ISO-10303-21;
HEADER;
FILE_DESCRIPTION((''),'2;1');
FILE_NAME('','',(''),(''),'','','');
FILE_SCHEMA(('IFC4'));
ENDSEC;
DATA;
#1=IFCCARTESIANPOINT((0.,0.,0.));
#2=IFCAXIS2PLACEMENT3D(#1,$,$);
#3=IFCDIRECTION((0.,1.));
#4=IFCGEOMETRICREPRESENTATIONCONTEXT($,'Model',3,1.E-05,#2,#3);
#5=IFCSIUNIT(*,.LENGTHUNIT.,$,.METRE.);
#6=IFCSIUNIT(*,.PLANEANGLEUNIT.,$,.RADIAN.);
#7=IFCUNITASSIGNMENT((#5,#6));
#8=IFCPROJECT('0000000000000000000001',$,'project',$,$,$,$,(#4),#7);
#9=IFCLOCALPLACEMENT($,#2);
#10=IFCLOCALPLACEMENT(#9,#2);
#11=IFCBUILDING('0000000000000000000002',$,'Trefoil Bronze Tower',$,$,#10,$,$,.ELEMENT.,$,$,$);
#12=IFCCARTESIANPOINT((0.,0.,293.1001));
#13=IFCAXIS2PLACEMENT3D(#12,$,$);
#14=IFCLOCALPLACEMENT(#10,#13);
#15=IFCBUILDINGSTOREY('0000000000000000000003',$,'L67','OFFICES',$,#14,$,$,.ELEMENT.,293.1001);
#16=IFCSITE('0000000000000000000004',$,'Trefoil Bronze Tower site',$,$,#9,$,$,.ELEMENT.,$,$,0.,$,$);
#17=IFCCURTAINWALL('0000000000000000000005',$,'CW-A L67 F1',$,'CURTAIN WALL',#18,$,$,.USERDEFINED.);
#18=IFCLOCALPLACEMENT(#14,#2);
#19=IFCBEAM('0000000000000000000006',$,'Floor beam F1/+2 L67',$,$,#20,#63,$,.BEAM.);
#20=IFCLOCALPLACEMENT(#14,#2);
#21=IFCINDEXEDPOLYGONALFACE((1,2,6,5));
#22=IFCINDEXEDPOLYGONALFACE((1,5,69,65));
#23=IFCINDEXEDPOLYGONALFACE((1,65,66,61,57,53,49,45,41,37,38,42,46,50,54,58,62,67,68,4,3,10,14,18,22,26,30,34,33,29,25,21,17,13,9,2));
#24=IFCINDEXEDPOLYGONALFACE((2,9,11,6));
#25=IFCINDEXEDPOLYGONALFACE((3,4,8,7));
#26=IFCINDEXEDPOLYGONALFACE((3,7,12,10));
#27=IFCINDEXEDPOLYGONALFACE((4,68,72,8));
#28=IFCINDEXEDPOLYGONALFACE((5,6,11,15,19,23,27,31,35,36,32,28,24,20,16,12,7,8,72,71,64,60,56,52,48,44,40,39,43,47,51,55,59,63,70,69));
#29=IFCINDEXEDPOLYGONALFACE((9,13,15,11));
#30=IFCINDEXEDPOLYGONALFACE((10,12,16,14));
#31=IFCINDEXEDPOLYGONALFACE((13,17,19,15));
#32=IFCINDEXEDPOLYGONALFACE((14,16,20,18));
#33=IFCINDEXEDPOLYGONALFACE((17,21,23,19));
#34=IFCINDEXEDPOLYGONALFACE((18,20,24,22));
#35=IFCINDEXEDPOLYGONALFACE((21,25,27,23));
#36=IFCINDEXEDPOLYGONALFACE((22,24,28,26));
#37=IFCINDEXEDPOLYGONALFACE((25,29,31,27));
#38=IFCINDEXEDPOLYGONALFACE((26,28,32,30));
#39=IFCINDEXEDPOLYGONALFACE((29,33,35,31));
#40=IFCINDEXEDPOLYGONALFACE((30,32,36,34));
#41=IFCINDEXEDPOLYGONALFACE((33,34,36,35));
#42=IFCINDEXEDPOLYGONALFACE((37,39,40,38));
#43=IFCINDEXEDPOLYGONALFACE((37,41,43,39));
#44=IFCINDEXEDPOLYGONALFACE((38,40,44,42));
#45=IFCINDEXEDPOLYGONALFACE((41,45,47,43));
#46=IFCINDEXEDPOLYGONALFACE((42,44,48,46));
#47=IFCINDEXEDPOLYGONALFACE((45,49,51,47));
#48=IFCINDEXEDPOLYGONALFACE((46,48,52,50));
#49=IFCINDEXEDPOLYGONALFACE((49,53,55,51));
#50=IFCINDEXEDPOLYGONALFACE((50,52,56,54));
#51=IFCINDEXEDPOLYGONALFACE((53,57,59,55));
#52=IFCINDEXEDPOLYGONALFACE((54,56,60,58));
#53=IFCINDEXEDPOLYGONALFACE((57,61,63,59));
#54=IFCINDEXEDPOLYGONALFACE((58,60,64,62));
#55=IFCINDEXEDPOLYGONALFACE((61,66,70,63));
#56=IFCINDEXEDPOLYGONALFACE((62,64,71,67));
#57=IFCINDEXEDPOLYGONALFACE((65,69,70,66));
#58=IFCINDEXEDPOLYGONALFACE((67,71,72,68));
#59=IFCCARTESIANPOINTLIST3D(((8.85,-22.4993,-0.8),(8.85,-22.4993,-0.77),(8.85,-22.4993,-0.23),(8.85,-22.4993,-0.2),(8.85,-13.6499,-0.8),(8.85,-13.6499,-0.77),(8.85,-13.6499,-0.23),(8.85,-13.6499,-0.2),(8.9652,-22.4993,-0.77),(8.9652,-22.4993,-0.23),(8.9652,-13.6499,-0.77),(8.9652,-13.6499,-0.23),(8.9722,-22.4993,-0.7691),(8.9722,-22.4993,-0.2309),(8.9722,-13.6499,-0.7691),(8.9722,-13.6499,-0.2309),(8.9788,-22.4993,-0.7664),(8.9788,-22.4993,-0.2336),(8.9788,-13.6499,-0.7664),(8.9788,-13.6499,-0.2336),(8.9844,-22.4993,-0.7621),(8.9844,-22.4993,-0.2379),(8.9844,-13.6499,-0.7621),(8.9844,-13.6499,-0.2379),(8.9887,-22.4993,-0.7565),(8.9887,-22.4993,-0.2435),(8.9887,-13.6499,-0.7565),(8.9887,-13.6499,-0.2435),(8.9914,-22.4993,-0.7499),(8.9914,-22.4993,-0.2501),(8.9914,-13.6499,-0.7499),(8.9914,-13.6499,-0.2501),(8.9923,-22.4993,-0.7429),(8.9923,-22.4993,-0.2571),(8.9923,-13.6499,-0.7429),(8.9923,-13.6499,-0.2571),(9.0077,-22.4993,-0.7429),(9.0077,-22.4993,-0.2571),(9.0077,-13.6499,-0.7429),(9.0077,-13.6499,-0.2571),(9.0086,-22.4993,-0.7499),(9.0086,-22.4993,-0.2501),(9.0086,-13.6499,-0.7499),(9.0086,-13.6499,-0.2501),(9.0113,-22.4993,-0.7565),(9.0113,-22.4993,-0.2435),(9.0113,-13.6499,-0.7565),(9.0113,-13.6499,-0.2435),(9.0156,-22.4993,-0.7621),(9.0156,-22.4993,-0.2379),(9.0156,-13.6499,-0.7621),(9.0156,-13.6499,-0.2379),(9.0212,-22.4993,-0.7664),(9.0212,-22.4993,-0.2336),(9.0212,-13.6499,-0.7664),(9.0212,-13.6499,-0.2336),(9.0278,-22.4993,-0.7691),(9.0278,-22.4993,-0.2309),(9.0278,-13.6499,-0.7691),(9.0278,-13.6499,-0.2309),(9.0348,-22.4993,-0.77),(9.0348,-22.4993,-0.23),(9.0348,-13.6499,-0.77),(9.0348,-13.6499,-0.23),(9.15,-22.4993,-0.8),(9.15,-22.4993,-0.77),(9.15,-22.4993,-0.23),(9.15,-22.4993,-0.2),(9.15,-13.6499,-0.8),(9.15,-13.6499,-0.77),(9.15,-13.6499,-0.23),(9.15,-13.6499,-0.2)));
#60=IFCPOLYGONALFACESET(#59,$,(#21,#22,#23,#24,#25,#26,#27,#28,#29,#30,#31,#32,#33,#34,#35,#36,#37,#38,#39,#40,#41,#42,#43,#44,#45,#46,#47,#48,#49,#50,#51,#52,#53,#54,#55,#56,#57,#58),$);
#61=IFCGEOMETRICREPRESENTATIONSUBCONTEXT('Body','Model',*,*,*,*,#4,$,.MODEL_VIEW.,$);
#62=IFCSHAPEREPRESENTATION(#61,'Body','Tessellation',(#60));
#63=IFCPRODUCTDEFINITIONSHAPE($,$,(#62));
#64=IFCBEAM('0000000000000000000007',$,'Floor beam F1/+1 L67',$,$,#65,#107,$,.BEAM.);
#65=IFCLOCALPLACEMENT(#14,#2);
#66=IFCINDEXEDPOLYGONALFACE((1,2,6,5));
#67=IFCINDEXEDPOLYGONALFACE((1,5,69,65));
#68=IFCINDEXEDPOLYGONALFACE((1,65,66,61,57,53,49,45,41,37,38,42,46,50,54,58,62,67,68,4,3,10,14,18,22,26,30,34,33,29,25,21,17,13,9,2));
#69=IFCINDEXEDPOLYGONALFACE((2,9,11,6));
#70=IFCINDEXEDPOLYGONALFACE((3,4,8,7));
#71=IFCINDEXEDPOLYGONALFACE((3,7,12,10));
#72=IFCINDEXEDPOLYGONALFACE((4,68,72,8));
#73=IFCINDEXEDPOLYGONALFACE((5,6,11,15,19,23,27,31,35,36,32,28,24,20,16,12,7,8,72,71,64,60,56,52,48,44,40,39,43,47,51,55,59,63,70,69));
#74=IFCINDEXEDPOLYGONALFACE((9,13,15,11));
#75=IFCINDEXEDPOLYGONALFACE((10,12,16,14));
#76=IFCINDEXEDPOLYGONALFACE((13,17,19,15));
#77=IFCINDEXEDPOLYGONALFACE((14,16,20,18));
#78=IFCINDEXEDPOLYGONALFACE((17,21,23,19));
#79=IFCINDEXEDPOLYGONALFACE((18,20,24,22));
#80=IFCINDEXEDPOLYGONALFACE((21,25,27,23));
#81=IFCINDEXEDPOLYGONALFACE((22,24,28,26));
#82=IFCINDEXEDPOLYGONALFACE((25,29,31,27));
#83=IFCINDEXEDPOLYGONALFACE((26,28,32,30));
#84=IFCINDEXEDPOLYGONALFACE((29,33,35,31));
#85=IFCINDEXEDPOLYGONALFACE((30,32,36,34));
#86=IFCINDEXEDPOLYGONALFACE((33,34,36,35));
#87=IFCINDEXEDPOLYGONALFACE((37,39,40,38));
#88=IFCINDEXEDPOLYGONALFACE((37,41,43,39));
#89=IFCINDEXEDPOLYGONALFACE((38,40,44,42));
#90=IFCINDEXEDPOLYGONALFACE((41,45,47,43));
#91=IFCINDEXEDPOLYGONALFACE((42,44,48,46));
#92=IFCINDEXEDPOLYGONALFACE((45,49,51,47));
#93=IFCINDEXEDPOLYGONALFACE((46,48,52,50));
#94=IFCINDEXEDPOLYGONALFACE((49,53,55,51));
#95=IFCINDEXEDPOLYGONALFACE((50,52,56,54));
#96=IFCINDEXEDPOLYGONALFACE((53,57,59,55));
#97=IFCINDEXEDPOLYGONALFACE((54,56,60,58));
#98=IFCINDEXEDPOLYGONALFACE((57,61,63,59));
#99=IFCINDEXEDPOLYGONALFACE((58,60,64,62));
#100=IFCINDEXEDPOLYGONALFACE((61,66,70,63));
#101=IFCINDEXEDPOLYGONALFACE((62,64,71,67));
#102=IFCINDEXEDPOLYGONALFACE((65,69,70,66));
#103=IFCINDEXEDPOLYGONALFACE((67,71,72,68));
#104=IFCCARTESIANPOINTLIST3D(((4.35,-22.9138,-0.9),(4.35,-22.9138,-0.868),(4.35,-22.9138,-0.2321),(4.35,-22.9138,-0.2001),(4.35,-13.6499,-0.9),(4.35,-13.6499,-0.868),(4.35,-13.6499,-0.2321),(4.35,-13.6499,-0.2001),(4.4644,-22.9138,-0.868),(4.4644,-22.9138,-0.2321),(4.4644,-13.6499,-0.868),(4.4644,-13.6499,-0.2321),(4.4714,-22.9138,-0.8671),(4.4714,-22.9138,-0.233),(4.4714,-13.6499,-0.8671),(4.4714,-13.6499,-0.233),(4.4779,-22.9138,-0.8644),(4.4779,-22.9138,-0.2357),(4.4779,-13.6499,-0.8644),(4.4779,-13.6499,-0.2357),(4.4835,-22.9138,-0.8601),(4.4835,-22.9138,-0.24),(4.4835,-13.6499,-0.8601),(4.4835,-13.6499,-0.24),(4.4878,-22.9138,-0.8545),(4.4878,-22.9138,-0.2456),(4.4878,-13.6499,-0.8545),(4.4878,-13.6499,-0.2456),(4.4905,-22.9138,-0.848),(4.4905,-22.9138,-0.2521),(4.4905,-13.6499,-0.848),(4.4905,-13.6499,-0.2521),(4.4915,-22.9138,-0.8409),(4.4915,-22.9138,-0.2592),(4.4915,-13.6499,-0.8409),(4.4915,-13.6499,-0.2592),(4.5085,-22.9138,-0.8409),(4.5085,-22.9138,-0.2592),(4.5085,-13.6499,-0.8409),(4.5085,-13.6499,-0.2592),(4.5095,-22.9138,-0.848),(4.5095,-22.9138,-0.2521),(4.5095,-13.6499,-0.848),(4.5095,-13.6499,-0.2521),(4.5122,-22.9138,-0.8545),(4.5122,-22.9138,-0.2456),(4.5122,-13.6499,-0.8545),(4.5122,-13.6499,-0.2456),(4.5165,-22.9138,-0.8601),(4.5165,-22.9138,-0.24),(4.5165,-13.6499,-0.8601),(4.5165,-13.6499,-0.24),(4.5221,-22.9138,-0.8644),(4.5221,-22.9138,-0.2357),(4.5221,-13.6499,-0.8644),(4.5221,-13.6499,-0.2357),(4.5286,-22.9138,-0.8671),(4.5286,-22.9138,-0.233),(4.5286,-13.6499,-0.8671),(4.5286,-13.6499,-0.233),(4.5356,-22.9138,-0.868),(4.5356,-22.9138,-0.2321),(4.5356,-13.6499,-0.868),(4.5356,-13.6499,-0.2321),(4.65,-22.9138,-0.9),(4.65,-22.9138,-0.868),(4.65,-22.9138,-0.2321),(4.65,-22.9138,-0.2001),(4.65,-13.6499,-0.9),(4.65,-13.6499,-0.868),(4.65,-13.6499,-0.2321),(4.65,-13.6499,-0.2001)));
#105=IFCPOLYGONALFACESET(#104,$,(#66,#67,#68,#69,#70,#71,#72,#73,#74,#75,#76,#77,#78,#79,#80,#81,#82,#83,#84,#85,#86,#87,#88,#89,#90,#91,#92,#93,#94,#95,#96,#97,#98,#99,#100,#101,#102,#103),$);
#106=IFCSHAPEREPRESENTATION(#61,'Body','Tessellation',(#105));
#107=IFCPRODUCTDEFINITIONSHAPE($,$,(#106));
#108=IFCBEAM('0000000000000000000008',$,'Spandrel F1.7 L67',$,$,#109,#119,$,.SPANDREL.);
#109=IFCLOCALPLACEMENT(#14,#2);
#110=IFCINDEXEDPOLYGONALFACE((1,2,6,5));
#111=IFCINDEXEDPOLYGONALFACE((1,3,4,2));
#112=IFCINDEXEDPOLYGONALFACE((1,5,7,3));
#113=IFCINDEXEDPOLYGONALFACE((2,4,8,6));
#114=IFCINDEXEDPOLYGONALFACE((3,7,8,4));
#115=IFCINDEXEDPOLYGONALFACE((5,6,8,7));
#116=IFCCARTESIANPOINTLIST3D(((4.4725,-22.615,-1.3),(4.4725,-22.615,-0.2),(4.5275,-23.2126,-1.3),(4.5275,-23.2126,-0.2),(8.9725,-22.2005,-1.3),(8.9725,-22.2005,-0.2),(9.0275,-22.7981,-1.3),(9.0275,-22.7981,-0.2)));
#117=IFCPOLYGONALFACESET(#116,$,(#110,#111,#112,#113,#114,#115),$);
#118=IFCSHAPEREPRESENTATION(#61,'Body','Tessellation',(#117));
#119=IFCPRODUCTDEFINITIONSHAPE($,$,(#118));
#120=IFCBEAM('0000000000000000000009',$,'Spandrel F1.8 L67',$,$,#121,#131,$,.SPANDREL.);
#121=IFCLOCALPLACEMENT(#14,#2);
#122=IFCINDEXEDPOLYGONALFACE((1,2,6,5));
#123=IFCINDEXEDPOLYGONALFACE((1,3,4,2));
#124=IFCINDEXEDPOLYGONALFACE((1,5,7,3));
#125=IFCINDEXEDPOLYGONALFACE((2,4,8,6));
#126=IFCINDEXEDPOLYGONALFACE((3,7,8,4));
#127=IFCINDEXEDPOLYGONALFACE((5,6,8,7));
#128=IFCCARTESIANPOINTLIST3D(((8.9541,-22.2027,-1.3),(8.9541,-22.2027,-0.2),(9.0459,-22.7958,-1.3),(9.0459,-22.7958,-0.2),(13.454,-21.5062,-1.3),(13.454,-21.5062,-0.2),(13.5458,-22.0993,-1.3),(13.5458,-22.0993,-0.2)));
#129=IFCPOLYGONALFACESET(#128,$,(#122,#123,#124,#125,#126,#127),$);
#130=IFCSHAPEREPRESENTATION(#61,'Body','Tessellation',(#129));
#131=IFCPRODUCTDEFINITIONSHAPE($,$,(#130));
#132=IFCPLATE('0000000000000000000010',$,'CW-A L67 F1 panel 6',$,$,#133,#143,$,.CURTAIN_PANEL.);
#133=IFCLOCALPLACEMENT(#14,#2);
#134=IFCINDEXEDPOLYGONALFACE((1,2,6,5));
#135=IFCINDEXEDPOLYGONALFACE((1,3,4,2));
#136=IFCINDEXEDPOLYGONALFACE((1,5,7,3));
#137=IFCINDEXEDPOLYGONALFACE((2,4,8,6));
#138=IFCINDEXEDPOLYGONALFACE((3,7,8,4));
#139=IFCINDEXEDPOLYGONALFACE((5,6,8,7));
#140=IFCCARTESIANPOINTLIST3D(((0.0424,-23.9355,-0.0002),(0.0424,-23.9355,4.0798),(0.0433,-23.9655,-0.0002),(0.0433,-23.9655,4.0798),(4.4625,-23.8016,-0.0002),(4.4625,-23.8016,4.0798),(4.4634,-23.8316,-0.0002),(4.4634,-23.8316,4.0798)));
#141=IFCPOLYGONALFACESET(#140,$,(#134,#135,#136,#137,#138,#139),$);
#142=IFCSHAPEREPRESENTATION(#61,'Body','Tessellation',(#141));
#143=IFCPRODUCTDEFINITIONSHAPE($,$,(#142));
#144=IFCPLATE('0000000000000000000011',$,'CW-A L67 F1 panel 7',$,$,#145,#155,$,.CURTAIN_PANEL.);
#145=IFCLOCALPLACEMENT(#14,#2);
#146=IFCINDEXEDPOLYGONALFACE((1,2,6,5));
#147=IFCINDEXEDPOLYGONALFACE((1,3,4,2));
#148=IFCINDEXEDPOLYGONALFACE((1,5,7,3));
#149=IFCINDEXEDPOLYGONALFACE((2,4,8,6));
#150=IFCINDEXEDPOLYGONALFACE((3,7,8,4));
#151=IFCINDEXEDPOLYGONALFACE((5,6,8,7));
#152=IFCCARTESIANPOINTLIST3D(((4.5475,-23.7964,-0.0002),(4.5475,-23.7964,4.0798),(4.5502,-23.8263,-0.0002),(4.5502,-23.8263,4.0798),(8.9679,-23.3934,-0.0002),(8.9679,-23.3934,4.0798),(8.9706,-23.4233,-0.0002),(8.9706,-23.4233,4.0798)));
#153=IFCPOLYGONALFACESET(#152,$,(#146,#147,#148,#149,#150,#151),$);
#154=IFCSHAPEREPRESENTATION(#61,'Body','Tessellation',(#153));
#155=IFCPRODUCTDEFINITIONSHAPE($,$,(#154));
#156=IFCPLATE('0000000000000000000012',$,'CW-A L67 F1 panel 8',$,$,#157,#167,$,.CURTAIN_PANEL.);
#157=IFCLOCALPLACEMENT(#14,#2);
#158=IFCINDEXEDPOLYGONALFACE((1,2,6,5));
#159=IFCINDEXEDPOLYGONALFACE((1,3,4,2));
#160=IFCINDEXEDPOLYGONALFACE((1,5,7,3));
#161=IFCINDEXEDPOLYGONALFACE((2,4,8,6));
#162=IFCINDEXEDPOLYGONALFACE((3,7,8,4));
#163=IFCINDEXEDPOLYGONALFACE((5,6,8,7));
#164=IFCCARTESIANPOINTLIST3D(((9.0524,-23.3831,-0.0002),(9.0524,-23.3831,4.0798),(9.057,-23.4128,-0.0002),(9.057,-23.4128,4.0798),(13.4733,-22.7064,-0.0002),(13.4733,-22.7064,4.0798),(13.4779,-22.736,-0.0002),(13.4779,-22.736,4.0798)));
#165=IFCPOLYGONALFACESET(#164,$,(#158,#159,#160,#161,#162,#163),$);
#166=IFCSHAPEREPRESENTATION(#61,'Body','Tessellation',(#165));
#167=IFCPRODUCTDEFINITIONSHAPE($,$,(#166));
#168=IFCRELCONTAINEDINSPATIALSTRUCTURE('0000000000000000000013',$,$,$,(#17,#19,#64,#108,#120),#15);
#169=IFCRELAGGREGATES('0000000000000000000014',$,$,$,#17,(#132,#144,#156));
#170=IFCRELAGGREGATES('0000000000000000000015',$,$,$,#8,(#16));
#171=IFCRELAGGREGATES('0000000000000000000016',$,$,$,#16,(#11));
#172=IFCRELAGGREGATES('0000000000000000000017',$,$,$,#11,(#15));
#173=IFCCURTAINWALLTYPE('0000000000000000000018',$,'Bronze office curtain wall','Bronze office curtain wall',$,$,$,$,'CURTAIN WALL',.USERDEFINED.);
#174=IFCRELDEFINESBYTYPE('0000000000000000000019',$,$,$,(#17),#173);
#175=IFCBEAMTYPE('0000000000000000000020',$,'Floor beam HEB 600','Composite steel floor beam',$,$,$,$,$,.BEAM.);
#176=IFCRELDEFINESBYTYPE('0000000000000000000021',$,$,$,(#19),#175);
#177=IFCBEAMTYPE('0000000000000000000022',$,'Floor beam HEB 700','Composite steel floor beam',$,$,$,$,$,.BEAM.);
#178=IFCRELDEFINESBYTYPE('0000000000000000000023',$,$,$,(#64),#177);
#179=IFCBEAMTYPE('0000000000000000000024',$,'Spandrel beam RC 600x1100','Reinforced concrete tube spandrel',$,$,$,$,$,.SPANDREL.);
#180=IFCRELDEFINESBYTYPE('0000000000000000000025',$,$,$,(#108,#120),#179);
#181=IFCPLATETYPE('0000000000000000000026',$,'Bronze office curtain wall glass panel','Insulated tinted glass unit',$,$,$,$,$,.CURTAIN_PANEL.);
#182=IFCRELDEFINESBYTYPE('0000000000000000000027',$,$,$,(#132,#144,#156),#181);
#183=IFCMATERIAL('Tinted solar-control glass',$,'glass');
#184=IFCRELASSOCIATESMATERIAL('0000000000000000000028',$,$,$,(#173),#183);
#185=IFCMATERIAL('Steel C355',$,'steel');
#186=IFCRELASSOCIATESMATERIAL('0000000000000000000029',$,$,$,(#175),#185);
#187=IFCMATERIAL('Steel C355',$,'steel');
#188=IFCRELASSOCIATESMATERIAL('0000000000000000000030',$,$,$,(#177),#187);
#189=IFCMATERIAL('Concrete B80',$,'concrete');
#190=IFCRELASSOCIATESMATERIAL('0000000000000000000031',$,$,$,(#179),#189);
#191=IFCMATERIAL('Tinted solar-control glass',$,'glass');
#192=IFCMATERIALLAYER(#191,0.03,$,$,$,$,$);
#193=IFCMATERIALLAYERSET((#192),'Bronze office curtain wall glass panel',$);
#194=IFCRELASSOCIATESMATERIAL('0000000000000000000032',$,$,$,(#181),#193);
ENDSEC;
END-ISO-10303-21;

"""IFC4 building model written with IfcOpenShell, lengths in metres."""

from ifc_helpers import new_model, si_unit, direction, frame, origin, origin_2d, place, context, subcontext, project, spatial, rectangle, i_section, extrude, material, layer, layer_set, material_profile, profile_set, type_object, element, aggregate, save


model = new_model("IFC4")

# Units and contexts
model_context = context("Model", 3, precision=1e-05, world=origin(), true_north=direction((0.0, 1.0)))
body_context = subcontext(model_context, "Body", "Model", "MODEL_VIEW")
ifc_project = project(units=[si_unit("LENGTHUNIT", "METRE"), si_unit("PLANEANGLEUNIT", "RADIAN")], contexts=[model_context])

# Site, building, storey
site_placement = place(None, origin())
site = spatial("IfcSite", under=ifc_project, at=site_placement, Name="Trefoil Bronze Tower site", CompositionType="ELEMENT", RefElevation=0.0)
building_placement = place(site_placement, origin())
building = spatial("IfcBuilding", under=site, at=building_placement, Name="Trefoil Bronze Tower", CompositionType="ELEMENT")
storey_placement = place(building_placement, frame((0.0, 0.0, 293.1001)))
storey = spatial("IfcBuildingStorey", under=building, at=storey_placement, Name="L67", Description="OFFICES", CompositionType="ELEMENT", Elevation=293.1001)

# Curtain wall
ifc_material_1 = material(Name="Tinted solar-control glass", Category="glass")
curtain_wall_type = type_object("IfcCurtainWallType", Name="Bronze office curtain wall", Description="Bronze office curtain wall", ElementType="CURTAIN WALL", PredefinedType="USERDEFINED", material=ifc_material_1)
curtain_wall_placement = place(storey_placement, origin())
curtain_wall = element("IfcCurtainWall", 1, at=curtain_wall_placement, inside=storey, type_object=curtain_wall_type, Name="CW-A L67 F1", ObjectType="CURTAIN WALL", PredefinedType="USERDEFINED")

# Beams
ifc_material_2 = material(Name="Steel C355", Category="steel")
ifc_material_profile_1 = material_profile(ifc_material_2, i_section(OverallWidth=0.3, OverallDepth=0.6001, WebThickness=0.0154, FlangeThickness=0.03, FilletRadius=0.0271, at=origin_2d()), Name="HEB 600")
ifc_profile_set_1 = profile_set([ifc_material_profile_1], Name="Steel C355")
beam_type_1 = type_object("IfcBeamType", Name="Floor beam HEB 600", Description="Composite steel floor beam", PredefinedType="BEAM", material=ifc_profile_set_1)
beam_1_placement = place(storey_placement, frame((9.0, -22.4993, -0.5), z_axis=(0.0, 1.0, 0.0), x_axis=(-1.0, 0.0, 0.0)))
element("IfcBeam", 2, at=beam_1_placement, inside=storey, type_object=beam_type_1, Name="Floor beam F1/+2 L67", PredefinedType="BEAM", context=body_context, shape_type="SweptSolid", body=[
    extrude(i_section(OverallWidth=0.3, OverallDepth=0.6001, WebThickness=0.0154, FlangeThickness=0.03, FilletRadius=0.0271, at=origin_2d()), origin(), (0.0, 0.0, 1.0), 8.8494),
])
ifc_material_3 = material(Name="Steel C355", Category="steel")
ifc_material_profile_2 = material_profile(ifc_material_3, i_section(OverallWidth=0.3, OverallDepth=0.7, WebThickness=0.0171, FlangeThickness=0.032, FilletRadius=0.0271, at=origin_2d()), Name="HEB 700")
ifc_profile_set_2 = profile_set([ifc_material_profile_2], Name="Steel C355")
beam_type_2 = type_object("IfcBeamType", Name="Floor beam HEB 700", Description="Composite steel floor beam", PredefinedType="BEAM", material=ifc_profile_set_2)
beam_2_placement = place(storey_placement, frame((4.5, -22.9138, -0.55), z_axis=(0.0, 1.0, 0.0), x_axis=(-1.0, 0.0, 0.0)))
element("IfcBeam", 3, at=beam_2_placement, inside=storey, type_object=beam_type_2, Name="Floor beam F1/+1 L67", PredefinedType="BEAM", context=body_context, shape_type="SweptSolid", body=[
    extrude(i_section(OverallWidth=0.3, OverallDepth=0.7, WebThickness=0.0171, FlangeThickness=0.032, FilletRadius=0.0271, at=origin_2d()), origin(), (0.0, 0.0, 1.0), 9.2639),
])
ifc_material_4 = material(Name="Concrete B80", Category="concrete")
ifc_material_profile_3 = material_profile(ifc_material_4, rectangle(XDim=0.6001, YDim=1.1001, at=origin_2d()), Name="RC 600x1100")
ifc_profile_set_3 = profile_set([ifc_material_profile_3], Name="Concrete B80")
beam_type_3 = type_object("IfcBeamType", Name="Spandrel beam RC 600x1100", Description="Reinforced concrete tube spandrel", PredefinedType="SPANDREL", material=ifc_profile_set_3)
beam_3_placement = place(storey_placement, frame((4.5, -22.9138, -0.75), z_axis=(0.995784, 0.091734, 0.0), x_axis=(-0.091734, 0.995784, 0.0)))
element("IfcBeam", 4, at=beam_3_placement, inside=storey, type_object=beam_type_3, Name="Spandrel F1.7 L67", PredefinedType="SPANDREL", context=body_context, shape_type="SweptSolid", body=[
    extrude(rectangle(XDim=0.6001, YDim=1.1001, at=origin_2d()), origin(), (0.0, 0.0, 1.0), 4.519),
])
beam_4_placement = place(storey_placement, frame((9.0, -22.4993, -0.75), z_axis=(0.988232, 0.152964, 0.0), x_axis=(-0.152964, 0.988232, 0.0)))
element("IfcBeam", 5, at=beam_4_placement, inside=storey, type_object=beam_type_3, Name="Spandrel F1.8 L67", PredefinedType="SPANDREL", context=body_context, shape_type="SweptSolid", body=[
    extrude(rectangle(XDim=0.6001, YDim=1.1001, at=origin_2d()), origin(), (0.0, 0.0, 1.0), 4.5535),
])

# Plates
ifc_material_5 = material(Name="Tinted solar-control glass", Category="glass")
ifc_layer_1 = layer(ifc_material_5, 0.03)
ifc_layer_set_1 = layer_set([ifc_layer_1], Name="Bronze office curtain wall glass panel")
plate_type = type_object("IfcPlateType", Name="Bronze office curtain wall glass panel", Description="Insulated tinted glass unit", PredefinedType="CURTAIN_PANEL", material=ifc_layer_set_1)
plate_1_placement = place(storey_placement, frame((2.2529, -23.8835, -0.0002), z_axis=(0.0, 0.0, 1.0), x_axis=(0.999542, 0.030263, 0.0)))
plate_1 = element("IfcPlate", 6, at=plate_1_placement, type_object=plate_type, Name="CW-A L67 F1 panel 6", PredefinedType="CURTAIN_PANEL", context=body_context, shape_type="SweptSolid", body=[
    extrude(rectangle(XDim=4.4221, YDim=0.03, at=origin_2d()), origin(), (0.0, 0.0, 1.0), 4.0801),
])
plate_2_placement = place(storey_placement, frame((6.759, -23.6099, -0.0002), z_axis=(0.0, 0.0, 1.0), x_axis=(0.99587, 0.090789, 0.0)))
plate_2 = element("IfcPlate", 7, at=plate_2_placement, type_object=plate_type, Name="CW-A L67 F1 panel 7", PredefinedType="CURTAIN_PANEL", context=body_context, shape_type="SweptSolid", body=[
    extrude(rectangle(XDim=4.4387, YDim=0.03, at=origin_2d()), origin(), (0.0, 0.0, 1.0), 4.0801),
])
plate_3_placement = place(storey_placement, frame((11.2651, -23.0596, -0.0002), z_axis=(0.0, 0.0, 1.0), x_axis=(0.988485, 0.151317, 0.0)))
plate_3 = element("IfcPlate", 8, at=plate_3_placement, type_object=plate_type, Name="CW-A L67 F1 panel 8", PredefinedType="CURTAIN_PANEL", context=body_context, shape_type="SweptSolid", body=[
    extrude(rectangle(XDim=4.4724, YDim=0.03, at=origin_2d()), origin(), (0.0, 0.0, 1.0), 4.0801),
])
aggregate(curtain_wall, [plate_1, plate_2, plate_3])

save(model, "model.ifc")
